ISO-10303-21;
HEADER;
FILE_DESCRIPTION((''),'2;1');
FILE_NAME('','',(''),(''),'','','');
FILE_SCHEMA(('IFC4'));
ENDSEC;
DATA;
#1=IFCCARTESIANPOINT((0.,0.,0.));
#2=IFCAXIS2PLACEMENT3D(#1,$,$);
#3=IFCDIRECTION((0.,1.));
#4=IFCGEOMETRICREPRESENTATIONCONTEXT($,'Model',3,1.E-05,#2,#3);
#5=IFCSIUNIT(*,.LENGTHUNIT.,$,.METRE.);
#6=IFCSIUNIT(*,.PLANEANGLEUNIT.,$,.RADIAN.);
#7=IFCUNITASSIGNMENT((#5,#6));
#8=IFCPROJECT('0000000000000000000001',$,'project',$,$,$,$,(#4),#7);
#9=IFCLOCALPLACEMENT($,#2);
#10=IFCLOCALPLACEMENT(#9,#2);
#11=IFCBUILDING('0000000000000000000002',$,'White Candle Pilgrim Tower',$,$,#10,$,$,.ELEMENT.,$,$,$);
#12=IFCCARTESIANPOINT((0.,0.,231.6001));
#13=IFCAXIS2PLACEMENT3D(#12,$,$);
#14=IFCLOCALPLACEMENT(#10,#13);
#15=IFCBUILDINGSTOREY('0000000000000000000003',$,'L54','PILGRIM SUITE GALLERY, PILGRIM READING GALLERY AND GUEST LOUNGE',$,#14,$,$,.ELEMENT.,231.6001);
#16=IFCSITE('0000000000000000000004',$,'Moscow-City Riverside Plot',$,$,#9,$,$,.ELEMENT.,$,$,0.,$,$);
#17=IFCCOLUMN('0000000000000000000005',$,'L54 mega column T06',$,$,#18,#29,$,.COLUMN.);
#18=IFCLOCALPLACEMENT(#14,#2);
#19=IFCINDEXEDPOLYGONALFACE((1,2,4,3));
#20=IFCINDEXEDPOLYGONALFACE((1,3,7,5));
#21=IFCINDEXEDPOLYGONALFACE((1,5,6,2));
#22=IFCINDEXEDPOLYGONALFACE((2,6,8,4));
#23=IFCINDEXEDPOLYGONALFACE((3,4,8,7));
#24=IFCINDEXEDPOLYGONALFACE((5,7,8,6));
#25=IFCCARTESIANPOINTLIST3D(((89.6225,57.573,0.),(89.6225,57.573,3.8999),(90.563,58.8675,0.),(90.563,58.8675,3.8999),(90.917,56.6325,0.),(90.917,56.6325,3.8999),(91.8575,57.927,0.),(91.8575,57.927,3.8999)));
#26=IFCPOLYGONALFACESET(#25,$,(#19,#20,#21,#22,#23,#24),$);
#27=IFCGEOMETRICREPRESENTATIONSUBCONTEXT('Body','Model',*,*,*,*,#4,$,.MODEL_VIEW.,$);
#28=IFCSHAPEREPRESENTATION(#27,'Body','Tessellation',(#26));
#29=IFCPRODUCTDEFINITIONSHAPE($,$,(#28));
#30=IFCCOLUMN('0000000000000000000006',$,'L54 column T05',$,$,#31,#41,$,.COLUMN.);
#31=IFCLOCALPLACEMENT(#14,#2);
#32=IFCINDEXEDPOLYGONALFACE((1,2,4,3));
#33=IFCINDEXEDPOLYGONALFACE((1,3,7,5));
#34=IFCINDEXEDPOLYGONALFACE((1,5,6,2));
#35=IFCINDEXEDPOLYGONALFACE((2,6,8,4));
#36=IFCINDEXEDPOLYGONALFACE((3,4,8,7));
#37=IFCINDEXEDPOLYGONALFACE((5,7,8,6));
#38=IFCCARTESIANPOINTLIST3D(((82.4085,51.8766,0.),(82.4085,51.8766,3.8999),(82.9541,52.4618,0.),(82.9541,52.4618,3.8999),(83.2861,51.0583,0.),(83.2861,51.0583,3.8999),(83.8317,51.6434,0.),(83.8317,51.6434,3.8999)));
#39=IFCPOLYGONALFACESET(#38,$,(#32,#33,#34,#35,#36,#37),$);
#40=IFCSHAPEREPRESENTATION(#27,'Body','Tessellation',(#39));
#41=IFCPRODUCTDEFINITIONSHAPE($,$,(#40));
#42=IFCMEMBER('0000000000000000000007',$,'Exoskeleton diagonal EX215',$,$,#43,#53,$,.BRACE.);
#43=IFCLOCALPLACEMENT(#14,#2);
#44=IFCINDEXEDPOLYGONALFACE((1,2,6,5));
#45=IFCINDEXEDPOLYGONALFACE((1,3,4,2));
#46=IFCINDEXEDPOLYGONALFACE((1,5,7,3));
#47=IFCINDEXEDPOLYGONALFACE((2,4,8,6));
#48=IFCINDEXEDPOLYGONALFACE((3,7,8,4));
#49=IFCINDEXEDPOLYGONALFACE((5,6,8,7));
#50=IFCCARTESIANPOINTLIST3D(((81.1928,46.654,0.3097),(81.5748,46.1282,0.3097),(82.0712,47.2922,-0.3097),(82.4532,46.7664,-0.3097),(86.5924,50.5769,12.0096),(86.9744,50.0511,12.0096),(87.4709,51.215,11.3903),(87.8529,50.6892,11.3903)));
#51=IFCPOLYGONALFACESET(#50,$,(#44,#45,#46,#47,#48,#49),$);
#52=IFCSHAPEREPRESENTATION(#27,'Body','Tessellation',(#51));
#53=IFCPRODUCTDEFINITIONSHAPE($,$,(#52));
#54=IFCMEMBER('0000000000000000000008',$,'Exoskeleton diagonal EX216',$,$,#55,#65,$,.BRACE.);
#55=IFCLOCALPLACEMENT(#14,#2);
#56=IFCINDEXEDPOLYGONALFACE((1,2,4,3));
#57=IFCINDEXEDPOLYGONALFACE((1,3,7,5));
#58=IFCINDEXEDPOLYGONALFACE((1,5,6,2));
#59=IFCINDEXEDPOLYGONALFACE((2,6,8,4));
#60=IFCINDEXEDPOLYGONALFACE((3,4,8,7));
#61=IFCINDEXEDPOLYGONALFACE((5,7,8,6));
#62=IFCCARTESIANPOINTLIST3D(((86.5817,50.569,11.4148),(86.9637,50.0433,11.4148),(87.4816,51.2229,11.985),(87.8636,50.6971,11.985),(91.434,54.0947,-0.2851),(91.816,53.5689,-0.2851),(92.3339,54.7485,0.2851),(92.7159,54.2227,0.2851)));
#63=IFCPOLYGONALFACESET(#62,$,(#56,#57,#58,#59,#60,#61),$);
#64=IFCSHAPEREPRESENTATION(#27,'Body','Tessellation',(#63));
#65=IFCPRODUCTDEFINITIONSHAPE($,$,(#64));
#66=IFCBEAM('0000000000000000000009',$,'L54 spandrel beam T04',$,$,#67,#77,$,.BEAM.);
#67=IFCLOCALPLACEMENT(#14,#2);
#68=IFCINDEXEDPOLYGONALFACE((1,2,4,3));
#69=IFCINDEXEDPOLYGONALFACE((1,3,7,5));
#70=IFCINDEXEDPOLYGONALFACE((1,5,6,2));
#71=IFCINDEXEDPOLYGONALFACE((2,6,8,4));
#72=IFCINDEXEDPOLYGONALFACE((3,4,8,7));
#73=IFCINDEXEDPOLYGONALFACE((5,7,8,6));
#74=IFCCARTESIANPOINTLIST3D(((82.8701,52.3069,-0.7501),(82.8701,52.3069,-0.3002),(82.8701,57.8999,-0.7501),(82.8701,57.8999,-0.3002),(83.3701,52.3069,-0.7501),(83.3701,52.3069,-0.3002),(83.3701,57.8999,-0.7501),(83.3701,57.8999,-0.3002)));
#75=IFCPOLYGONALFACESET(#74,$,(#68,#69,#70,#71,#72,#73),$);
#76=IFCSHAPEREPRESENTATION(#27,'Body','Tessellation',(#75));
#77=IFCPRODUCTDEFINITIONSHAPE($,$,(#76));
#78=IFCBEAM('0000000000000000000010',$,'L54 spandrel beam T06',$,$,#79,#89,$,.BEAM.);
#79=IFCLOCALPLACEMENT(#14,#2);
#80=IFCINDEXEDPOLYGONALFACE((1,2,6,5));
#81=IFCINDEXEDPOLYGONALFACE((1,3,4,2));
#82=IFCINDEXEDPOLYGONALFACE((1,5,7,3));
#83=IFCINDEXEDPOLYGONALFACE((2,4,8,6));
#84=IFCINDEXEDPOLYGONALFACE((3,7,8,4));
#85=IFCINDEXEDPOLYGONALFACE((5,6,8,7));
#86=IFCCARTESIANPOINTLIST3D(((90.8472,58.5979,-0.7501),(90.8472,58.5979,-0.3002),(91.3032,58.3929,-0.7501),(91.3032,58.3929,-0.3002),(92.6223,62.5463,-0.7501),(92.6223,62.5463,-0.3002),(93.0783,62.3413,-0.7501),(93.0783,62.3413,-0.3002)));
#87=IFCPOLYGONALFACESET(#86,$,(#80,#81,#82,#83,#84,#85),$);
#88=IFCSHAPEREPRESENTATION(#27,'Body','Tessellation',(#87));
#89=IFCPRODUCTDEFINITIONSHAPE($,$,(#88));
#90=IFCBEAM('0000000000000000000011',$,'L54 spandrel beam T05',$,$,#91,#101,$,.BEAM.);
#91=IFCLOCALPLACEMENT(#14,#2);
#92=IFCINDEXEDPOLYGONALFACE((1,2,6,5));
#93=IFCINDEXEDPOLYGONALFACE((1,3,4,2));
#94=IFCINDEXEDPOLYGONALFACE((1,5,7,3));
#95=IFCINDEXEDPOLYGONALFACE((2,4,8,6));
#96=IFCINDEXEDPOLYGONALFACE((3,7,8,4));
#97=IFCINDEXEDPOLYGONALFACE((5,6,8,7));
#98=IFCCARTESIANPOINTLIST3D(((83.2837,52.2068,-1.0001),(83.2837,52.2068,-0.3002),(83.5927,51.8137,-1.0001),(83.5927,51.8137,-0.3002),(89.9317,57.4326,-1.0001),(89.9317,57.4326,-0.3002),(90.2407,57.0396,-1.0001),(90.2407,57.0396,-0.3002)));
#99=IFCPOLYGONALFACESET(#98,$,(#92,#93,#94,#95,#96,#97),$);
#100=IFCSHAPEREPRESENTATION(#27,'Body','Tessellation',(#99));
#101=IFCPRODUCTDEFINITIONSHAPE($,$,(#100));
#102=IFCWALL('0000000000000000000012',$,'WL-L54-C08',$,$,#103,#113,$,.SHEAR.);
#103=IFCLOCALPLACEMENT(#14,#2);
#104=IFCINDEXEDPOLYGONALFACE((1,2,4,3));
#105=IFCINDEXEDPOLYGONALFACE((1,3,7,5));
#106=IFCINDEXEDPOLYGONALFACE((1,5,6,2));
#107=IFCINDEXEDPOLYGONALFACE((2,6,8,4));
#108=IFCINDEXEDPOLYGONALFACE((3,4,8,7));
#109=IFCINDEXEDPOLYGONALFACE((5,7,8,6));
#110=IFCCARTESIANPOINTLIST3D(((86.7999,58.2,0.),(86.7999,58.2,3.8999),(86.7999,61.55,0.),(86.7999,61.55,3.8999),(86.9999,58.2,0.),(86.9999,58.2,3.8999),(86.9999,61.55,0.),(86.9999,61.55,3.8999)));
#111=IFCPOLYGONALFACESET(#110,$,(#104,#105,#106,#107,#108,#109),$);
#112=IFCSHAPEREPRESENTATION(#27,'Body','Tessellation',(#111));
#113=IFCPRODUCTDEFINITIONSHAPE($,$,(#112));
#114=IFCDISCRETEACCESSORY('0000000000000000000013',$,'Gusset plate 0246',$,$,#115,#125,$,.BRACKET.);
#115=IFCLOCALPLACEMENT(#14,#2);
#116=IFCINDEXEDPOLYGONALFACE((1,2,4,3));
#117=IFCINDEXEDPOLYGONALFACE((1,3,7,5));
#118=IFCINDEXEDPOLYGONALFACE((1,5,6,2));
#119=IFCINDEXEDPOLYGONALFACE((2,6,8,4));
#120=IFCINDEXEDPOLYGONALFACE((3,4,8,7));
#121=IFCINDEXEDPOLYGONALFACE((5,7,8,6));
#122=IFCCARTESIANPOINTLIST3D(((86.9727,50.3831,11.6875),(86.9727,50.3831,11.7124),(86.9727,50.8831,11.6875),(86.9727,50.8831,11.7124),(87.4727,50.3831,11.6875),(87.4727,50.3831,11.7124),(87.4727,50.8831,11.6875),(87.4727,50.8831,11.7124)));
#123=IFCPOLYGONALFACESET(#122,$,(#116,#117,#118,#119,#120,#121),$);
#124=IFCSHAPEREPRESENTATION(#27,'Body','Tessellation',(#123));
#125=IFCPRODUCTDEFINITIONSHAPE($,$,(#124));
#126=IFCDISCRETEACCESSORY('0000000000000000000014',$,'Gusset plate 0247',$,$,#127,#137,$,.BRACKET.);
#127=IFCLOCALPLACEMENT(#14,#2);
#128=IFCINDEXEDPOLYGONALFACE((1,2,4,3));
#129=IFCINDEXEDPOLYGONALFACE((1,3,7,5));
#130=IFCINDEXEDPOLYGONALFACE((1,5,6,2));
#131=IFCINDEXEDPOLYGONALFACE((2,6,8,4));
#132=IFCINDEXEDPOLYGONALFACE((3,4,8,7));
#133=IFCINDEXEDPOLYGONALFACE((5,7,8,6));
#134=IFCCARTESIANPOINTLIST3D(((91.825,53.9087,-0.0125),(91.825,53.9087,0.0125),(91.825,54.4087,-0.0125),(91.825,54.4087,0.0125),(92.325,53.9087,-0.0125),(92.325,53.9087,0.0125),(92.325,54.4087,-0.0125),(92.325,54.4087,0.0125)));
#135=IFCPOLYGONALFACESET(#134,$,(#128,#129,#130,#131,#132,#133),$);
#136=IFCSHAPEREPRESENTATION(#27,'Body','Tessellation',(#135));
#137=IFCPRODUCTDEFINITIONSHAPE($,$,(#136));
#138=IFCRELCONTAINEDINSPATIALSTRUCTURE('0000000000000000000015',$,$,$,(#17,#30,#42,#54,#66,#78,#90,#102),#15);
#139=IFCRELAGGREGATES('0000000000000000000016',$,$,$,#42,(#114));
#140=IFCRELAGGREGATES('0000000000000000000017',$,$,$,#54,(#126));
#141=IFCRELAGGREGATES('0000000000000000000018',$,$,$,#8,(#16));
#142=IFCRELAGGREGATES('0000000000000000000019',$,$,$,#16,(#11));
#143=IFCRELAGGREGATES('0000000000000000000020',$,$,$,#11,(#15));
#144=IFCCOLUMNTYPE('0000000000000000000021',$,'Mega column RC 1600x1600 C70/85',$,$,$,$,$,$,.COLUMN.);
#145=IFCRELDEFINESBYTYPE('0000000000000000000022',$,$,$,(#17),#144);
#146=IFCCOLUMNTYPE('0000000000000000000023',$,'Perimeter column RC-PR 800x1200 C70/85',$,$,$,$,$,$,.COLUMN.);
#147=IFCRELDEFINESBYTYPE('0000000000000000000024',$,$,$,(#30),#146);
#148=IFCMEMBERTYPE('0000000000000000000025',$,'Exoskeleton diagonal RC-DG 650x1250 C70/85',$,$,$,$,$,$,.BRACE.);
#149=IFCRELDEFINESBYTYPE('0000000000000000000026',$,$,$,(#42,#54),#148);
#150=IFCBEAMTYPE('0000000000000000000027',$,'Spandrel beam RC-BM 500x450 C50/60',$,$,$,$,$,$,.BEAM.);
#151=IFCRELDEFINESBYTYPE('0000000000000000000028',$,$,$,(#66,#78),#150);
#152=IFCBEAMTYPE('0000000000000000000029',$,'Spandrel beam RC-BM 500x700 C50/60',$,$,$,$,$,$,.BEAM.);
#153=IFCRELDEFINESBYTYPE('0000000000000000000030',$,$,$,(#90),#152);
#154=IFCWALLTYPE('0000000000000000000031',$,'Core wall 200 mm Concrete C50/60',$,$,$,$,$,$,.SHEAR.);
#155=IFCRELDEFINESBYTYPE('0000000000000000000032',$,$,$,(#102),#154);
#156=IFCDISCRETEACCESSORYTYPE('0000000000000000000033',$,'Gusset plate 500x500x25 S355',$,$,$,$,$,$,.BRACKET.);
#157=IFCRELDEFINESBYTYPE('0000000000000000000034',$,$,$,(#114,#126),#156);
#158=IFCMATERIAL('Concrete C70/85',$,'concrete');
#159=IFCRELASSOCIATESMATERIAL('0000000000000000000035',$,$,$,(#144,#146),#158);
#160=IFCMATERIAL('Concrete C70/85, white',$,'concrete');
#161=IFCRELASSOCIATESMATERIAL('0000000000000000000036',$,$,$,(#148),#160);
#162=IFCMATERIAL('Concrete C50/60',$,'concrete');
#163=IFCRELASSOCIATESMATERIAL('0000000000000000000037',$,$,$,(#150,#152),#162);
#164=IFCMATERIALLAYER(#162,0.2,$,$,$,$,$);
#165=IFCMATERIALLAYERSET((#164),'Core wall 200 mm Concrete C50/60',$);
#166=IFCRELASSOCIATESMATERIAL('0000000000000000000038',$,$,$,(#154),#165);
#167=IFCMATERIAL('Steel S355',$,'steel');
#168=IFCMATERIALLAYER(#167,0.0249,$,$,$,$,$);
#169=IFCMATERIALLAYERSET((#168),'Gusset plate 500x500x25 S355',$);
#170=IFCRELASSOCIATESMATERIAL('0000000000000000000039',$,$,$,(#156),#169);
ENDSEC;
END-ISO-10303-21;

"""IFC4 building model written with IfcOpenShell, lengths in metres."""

from ifc_helpers import new_model, si_unit, direction, frame, frame_2d, origin, origin_2d, place, context, subcontext, project, spatial, rectangle, extrude, material, layer, layer_set, material_profile, profile_set, type_object, element, aggregate, save


model = new_model("IFC4")

# Units and contexts
model_context = context("Model", 3, precision=1e-05, world=origin(), true_north=direction((0.0, 1.0)))
body_context = subcontext(model_context, "Body", "Model", "MODEL_VIEW")
ifc_project = project(units=[si_unit("LENGTHUNIT", "METRE"), si_unit("PLANEANGLEUNIT", "RADIAN")], contexts=[model_context])

# Site, building, storey
site_placement = place(None, origin())
site = spatial("IfcSite", under=ifc_project, at=site_placement, Name="Moscow-City Riverside Plot", CompositionType="ELEMENT", RefElevation=0.0)
building_placement = place(site_placement, origin())
building = spatial("IfcBuilding", under=site, at=building_placement, Name="White Candle Pilgrim Tower", CompositionType="ELEMENT")
storey_placement = place(building_placement, frame((0.0, 0.0, 231.6001)))
storey = spatial("IfcBuildingStorey", under=building, at=storey_placement, Name="L54", Description="PILGRIM SUITE GALLERY, PILGRIM READING GALLERY AND GUEST LOUNGE", CompositionType="ELEMENT", Elevation=231.6001)

# Columns
ifc_material_1 = material(Name="Concrete C70/85", Category="concrete")
ifc_material_profile_1 = material_profile(ifc_material_1, rectangle(XDim=1.6001, YDim=1.6001, at=origin_2d()), Name="RC 1600x1600")
ifc_profile_set_1 = profile_set([ifc_material_profile_1], Name="Concrete C70/85")
column_type_1 = type_object("IfcColumnType", Name="Mega column RC 1600x1600 C70/85", PredefinedType="COLUMN", material=ifc_profile_set_1)
column_1_placement = place(storey_placement, frame((90.74, 57.75, 0.0), z_axis=(0.0, 0.0, 1.0), x_axis=(0.809017, -0.587785, 0.0)))
element("IfcColumn", 1, at=column_1_placement, inside=storey, type_object=column_type_1, Name="L54 mega column T06", PredefinedType="COLUMN", context=body_context, shape_type="SweptSolid", body=[
    extrude(rectangle(XDim=1.6001, YDim=1.6001, at=origin_2d()), origin(), (0.0, 0.0, 1.0), 3.8999),
])
ifc_material_profile_2 = material_profile(ifc_material_1, rectangle(XDim=0.8, YDim=1.2, at=origin_2d()), Name="RC-PR 800x1200")
ifc_profile_set_2 = profile_set([ifc_material_profile_2], Name="Concrete C70/85")
column_type_2 = type_object("IfcColumnType", Name="Perimeter column RC-PR 800x1200 C70/85", PredefinedType="COLUMN", material=ifc_profile_set_2)
column_2_placement = place(storey_placement, frame((83.1201, 51.76, 0.0), z_axis=(0.0, 0.0, 1.0), x_axis=(-0.681998, -0.731354, 0.0)))
element("IfcColumn", 2, at=column_2_placement, inside=storey, type_object=column_type_2, Name="L54 column T05", PredefinedType="COLUMN", context=body_context, shape_type="SweptSolid", body=[
    extrude(rectangle(XDim=0.8, YDim=1.2, at=origin_2d()), origin(), (0.0, 0.0, 1.0), 3.8999),
])

# Members
ifc_material_2 = material(Name="Concrete C70/85, white", Category="concrete")
ifc_material_profile_3 = material_profile(ifc_material_2, rectangle(XDim=0.6499, YDim=1.25, at=origin_2d()), Name="RC-DG 650x1250")
ifc_profile_set_3 = profile_set([ifc_material_profile_3], Name="Concrete C70/85, white")
member_type = type_object("IfcMemberType", Name="Exoskeleton diagonal RC-DG 650x1250 C70/85", PredefinedType="BRACE", material=ifc_profile_set_3)
member_1_placement = place(storey_placement, frame((81.823, 46.7102, 0.0), z_axis=(0.400873, 0.291234, 0.86861), x_axis=(-0.587763, 0.809033, 0.0)))
member_1 = element("IfcMember", 3, at=member_1_placement, inside=storey, type_object=member_type, Name="Exoskeleton diagonal EX215", PredefinedType="BRACE", context=body_context, shape_type="SweptSolid", body=[
    extrude(rectangle(XDim=0.6499, YDim=1.25, at=origin_2d()), origin(), (0.0, 0.0, 1.0), 13.4697),
])
member_2_placement = place(storey_placement, frame((92.075, 54.1587, 0.0), z_axis=(-0.369059, -0.268155, 0.889881), x_axis=(0.587811, -0.808998, 0.0)))
member_2 = element("IfcMember", 4, at=member_2_placement, inside=storey, type_object=member_type, Name="Exoskeleton diagonal EX216", PredefinedType="BRACE", context=body_context, shape_type="SweptSolid", body=[
    extrude(rectangle(XDim=0.6499, YDim=1.25, at=origin_2d()), origin(), (0.0, 0.0, 1.0), 13.1477),
])

# Beams
ifc_material_3 = material(Name="Concrete C50/60", Category="concrete")
ifc_material_profile_4 = material_profile(ifc_material_3, rectangle(XDim=0.5, YDim=0.45, at=origin_2d()), Name="RC-BM 500x450")
ifc_profile_set_4 = profile_set([ifc_material_profile_4], Name="Concrete C50/60")
beam_type_1 = type_object("IfcBeamType", Name="Spandrel beam RC-BM 500x450 C50/60", PredefinedType="BEAM", material=ifc_profile_set_4)
beam_1_placement = place(storey_placement, frame((83.1201, 52.3069, -0.5251), z_axis=(0.0, 1.0, 0.0), x_axis=(-1.0, 0.0, 0.0)))
element("IfcBeam", 5, at=beam_1_placement, inside=storey, type_object=beam_type_1, Name="L54 spandrel beam T04", PredefinedType="BEAM", context=body_context, shape_type="SweptSolid", body=[
    extrude(rectangle(XDim=0.5, YDim=0.45, at=origin_2d()), origin(), (0.0, 0.0, 1.0), 5.593),
])
beam_2_placement = place(storey_placement, frame((91.0752, 58.4954, -0.5251), z_axis=(0.410043, 0.912066, 0.0), x_axis=(-0.912066, 0.410043, 0.0)))
element("IfcBeam", 6, at=beam_2_placement, inside=storey, type_object=beam_type_1, Name="L54 spandrel beam T06", PredefinedType="BEAM", context=body_context, shape_type="SweptSolid", body=[
    extrude(rectangle(XDim=0.5, YDim=0.45, at=origin_2d()), origin(), (0.0, 0.0, 1.0), 4.3291),
])
ifc_material_profile_5 = material_profile(ifc_material_3, rectangle(XDim=0.5, YDim=0.7, at=origin_2d()), Name="RC-BM 500x700")
ifc_profile_set_5 = profile_set([ifc_material_profile_5], Name="Concrete C50/60")
beam_type_2 = type_object("IfcBeamType", Name="Spandrel beam RC-BM 500x700 C50/60", PredefinedType="BEAM", material=ifc_profile_set_5)
beam_3_placement = place(storey_placement, frame((83.4382, 52.0103, -0.6501), z_axis=(0.786178, 0.618, 0.0), x_axis=(-0.618, 0.786178, 0.0)))
element("IfcBeam", 7, at=beam_3_placement, inside=storey, type_object=beam_type_2, Name="L54 spandrel beam T05", PredefinedType="BEAM", context=body_context, shape_type="SweptSolid", body=[
    extrude(rectangle(XDim=0.5, YDim=0.7, at=origin_2d()), origin(), (0.0, 0.0, 1.0), 8.4561),
])

# Wall
ifc_layer_1 = layer(ifc_material_3, 0.2)
ifc_layer_set_1 = layer_set([ifc_layer_1], Name="Core wall 200 mm Concrete C50/60")
wall_type_1 = type_object("IfcWallType", Name="Core wall 200 mm Concrete C50/60", PredefinedType="SHEAR", material=ifc_layer_set_1)
wall_1_placement = place(storey_placement, frame((86.8999, 58.2, 0.0), z_axis=(0.0, 0.0, 1.0), x_axis=(0.0, 1.0, 0.0)))
element("IfcWall", 8, at=wall_1_placement, inside=storey, type_object=wall_type_1, Name="WL-L54-C08", PredefinedType="SHEAR", context=body_context, shape_type="SweptSolid", body=[
    extrude(rectangle(XDim=3.3501, YDim=0.2, at=frame_2d((1.675, 0.0))), origin(), (0.0, 0.0, 1.0), 3.8999),
])

# Discrete accessories
ifc_material_4 = material(Name="Steel S355", Category="steel")
ifc_layer_2 = layer(ifc_material_4, 0.0249)
ifc_layer_set_2 = layer_set([ifc_layer_2], Name="Gusset plate 500x500x25 S355")
discrete_accessory_type = type_object("IfcDiscreteAccessoryType", Name="Gusset plate 500x500x25 S355", PredefinedType="BRACKET", material=ifc_layer_set_2)
placement = place(building_placement, frame((0.0, 0.0, 243.3)))
discrete_accessory_1_placement = place(placement, frame((87.2227, 50.6331, -0.0125), z_axis=(0.0, 0.0, 1.0), x_axis=(1.0, 0.0, 0.0)))
discrete_accessory_1 = element("IfcDiscreteAccessory", 9, at=discrete_accessory_1_placement, type_object=discrete_accessory_type, Name="Gusset plate 0246", PredefinedType="BRACKET", context=body_context, shape_type="SweptSolid", body=[
    extrude(rectangle(XDim=0.5, YDim=0.5, at=origin_2d()), origin(), (0.0, 0.0, 1.0), 0.0249),
])
aggregate(member_1, [discrete_accessory_1])
discrete_accessory_2_placement = place(storey_placement, frame((92.075, 54.1587, -0.0125), z_axis=(0.0, 0.0, 1.0), x_axis=(1.0, 0.0, 0.0)))
discrete_accessory_2 = element("IfcDiscreteAccessory", 10, at=discrete_accessory_2_placement, type_object=discrete_accessory_type, Name="Gusset plate 0247", PredefinedType="BRACKET", context=body_context, shape_type="SweptSolid", body=[
    extrude(rectangle(XDim=0.5, YDim=0.5, at=origin_2d()), origin(), (0.0, 0.0, 1.0), 0.0249),
])
aggregate(member_2, [discrete_accessory_2])

save(model, "model.ifc")
